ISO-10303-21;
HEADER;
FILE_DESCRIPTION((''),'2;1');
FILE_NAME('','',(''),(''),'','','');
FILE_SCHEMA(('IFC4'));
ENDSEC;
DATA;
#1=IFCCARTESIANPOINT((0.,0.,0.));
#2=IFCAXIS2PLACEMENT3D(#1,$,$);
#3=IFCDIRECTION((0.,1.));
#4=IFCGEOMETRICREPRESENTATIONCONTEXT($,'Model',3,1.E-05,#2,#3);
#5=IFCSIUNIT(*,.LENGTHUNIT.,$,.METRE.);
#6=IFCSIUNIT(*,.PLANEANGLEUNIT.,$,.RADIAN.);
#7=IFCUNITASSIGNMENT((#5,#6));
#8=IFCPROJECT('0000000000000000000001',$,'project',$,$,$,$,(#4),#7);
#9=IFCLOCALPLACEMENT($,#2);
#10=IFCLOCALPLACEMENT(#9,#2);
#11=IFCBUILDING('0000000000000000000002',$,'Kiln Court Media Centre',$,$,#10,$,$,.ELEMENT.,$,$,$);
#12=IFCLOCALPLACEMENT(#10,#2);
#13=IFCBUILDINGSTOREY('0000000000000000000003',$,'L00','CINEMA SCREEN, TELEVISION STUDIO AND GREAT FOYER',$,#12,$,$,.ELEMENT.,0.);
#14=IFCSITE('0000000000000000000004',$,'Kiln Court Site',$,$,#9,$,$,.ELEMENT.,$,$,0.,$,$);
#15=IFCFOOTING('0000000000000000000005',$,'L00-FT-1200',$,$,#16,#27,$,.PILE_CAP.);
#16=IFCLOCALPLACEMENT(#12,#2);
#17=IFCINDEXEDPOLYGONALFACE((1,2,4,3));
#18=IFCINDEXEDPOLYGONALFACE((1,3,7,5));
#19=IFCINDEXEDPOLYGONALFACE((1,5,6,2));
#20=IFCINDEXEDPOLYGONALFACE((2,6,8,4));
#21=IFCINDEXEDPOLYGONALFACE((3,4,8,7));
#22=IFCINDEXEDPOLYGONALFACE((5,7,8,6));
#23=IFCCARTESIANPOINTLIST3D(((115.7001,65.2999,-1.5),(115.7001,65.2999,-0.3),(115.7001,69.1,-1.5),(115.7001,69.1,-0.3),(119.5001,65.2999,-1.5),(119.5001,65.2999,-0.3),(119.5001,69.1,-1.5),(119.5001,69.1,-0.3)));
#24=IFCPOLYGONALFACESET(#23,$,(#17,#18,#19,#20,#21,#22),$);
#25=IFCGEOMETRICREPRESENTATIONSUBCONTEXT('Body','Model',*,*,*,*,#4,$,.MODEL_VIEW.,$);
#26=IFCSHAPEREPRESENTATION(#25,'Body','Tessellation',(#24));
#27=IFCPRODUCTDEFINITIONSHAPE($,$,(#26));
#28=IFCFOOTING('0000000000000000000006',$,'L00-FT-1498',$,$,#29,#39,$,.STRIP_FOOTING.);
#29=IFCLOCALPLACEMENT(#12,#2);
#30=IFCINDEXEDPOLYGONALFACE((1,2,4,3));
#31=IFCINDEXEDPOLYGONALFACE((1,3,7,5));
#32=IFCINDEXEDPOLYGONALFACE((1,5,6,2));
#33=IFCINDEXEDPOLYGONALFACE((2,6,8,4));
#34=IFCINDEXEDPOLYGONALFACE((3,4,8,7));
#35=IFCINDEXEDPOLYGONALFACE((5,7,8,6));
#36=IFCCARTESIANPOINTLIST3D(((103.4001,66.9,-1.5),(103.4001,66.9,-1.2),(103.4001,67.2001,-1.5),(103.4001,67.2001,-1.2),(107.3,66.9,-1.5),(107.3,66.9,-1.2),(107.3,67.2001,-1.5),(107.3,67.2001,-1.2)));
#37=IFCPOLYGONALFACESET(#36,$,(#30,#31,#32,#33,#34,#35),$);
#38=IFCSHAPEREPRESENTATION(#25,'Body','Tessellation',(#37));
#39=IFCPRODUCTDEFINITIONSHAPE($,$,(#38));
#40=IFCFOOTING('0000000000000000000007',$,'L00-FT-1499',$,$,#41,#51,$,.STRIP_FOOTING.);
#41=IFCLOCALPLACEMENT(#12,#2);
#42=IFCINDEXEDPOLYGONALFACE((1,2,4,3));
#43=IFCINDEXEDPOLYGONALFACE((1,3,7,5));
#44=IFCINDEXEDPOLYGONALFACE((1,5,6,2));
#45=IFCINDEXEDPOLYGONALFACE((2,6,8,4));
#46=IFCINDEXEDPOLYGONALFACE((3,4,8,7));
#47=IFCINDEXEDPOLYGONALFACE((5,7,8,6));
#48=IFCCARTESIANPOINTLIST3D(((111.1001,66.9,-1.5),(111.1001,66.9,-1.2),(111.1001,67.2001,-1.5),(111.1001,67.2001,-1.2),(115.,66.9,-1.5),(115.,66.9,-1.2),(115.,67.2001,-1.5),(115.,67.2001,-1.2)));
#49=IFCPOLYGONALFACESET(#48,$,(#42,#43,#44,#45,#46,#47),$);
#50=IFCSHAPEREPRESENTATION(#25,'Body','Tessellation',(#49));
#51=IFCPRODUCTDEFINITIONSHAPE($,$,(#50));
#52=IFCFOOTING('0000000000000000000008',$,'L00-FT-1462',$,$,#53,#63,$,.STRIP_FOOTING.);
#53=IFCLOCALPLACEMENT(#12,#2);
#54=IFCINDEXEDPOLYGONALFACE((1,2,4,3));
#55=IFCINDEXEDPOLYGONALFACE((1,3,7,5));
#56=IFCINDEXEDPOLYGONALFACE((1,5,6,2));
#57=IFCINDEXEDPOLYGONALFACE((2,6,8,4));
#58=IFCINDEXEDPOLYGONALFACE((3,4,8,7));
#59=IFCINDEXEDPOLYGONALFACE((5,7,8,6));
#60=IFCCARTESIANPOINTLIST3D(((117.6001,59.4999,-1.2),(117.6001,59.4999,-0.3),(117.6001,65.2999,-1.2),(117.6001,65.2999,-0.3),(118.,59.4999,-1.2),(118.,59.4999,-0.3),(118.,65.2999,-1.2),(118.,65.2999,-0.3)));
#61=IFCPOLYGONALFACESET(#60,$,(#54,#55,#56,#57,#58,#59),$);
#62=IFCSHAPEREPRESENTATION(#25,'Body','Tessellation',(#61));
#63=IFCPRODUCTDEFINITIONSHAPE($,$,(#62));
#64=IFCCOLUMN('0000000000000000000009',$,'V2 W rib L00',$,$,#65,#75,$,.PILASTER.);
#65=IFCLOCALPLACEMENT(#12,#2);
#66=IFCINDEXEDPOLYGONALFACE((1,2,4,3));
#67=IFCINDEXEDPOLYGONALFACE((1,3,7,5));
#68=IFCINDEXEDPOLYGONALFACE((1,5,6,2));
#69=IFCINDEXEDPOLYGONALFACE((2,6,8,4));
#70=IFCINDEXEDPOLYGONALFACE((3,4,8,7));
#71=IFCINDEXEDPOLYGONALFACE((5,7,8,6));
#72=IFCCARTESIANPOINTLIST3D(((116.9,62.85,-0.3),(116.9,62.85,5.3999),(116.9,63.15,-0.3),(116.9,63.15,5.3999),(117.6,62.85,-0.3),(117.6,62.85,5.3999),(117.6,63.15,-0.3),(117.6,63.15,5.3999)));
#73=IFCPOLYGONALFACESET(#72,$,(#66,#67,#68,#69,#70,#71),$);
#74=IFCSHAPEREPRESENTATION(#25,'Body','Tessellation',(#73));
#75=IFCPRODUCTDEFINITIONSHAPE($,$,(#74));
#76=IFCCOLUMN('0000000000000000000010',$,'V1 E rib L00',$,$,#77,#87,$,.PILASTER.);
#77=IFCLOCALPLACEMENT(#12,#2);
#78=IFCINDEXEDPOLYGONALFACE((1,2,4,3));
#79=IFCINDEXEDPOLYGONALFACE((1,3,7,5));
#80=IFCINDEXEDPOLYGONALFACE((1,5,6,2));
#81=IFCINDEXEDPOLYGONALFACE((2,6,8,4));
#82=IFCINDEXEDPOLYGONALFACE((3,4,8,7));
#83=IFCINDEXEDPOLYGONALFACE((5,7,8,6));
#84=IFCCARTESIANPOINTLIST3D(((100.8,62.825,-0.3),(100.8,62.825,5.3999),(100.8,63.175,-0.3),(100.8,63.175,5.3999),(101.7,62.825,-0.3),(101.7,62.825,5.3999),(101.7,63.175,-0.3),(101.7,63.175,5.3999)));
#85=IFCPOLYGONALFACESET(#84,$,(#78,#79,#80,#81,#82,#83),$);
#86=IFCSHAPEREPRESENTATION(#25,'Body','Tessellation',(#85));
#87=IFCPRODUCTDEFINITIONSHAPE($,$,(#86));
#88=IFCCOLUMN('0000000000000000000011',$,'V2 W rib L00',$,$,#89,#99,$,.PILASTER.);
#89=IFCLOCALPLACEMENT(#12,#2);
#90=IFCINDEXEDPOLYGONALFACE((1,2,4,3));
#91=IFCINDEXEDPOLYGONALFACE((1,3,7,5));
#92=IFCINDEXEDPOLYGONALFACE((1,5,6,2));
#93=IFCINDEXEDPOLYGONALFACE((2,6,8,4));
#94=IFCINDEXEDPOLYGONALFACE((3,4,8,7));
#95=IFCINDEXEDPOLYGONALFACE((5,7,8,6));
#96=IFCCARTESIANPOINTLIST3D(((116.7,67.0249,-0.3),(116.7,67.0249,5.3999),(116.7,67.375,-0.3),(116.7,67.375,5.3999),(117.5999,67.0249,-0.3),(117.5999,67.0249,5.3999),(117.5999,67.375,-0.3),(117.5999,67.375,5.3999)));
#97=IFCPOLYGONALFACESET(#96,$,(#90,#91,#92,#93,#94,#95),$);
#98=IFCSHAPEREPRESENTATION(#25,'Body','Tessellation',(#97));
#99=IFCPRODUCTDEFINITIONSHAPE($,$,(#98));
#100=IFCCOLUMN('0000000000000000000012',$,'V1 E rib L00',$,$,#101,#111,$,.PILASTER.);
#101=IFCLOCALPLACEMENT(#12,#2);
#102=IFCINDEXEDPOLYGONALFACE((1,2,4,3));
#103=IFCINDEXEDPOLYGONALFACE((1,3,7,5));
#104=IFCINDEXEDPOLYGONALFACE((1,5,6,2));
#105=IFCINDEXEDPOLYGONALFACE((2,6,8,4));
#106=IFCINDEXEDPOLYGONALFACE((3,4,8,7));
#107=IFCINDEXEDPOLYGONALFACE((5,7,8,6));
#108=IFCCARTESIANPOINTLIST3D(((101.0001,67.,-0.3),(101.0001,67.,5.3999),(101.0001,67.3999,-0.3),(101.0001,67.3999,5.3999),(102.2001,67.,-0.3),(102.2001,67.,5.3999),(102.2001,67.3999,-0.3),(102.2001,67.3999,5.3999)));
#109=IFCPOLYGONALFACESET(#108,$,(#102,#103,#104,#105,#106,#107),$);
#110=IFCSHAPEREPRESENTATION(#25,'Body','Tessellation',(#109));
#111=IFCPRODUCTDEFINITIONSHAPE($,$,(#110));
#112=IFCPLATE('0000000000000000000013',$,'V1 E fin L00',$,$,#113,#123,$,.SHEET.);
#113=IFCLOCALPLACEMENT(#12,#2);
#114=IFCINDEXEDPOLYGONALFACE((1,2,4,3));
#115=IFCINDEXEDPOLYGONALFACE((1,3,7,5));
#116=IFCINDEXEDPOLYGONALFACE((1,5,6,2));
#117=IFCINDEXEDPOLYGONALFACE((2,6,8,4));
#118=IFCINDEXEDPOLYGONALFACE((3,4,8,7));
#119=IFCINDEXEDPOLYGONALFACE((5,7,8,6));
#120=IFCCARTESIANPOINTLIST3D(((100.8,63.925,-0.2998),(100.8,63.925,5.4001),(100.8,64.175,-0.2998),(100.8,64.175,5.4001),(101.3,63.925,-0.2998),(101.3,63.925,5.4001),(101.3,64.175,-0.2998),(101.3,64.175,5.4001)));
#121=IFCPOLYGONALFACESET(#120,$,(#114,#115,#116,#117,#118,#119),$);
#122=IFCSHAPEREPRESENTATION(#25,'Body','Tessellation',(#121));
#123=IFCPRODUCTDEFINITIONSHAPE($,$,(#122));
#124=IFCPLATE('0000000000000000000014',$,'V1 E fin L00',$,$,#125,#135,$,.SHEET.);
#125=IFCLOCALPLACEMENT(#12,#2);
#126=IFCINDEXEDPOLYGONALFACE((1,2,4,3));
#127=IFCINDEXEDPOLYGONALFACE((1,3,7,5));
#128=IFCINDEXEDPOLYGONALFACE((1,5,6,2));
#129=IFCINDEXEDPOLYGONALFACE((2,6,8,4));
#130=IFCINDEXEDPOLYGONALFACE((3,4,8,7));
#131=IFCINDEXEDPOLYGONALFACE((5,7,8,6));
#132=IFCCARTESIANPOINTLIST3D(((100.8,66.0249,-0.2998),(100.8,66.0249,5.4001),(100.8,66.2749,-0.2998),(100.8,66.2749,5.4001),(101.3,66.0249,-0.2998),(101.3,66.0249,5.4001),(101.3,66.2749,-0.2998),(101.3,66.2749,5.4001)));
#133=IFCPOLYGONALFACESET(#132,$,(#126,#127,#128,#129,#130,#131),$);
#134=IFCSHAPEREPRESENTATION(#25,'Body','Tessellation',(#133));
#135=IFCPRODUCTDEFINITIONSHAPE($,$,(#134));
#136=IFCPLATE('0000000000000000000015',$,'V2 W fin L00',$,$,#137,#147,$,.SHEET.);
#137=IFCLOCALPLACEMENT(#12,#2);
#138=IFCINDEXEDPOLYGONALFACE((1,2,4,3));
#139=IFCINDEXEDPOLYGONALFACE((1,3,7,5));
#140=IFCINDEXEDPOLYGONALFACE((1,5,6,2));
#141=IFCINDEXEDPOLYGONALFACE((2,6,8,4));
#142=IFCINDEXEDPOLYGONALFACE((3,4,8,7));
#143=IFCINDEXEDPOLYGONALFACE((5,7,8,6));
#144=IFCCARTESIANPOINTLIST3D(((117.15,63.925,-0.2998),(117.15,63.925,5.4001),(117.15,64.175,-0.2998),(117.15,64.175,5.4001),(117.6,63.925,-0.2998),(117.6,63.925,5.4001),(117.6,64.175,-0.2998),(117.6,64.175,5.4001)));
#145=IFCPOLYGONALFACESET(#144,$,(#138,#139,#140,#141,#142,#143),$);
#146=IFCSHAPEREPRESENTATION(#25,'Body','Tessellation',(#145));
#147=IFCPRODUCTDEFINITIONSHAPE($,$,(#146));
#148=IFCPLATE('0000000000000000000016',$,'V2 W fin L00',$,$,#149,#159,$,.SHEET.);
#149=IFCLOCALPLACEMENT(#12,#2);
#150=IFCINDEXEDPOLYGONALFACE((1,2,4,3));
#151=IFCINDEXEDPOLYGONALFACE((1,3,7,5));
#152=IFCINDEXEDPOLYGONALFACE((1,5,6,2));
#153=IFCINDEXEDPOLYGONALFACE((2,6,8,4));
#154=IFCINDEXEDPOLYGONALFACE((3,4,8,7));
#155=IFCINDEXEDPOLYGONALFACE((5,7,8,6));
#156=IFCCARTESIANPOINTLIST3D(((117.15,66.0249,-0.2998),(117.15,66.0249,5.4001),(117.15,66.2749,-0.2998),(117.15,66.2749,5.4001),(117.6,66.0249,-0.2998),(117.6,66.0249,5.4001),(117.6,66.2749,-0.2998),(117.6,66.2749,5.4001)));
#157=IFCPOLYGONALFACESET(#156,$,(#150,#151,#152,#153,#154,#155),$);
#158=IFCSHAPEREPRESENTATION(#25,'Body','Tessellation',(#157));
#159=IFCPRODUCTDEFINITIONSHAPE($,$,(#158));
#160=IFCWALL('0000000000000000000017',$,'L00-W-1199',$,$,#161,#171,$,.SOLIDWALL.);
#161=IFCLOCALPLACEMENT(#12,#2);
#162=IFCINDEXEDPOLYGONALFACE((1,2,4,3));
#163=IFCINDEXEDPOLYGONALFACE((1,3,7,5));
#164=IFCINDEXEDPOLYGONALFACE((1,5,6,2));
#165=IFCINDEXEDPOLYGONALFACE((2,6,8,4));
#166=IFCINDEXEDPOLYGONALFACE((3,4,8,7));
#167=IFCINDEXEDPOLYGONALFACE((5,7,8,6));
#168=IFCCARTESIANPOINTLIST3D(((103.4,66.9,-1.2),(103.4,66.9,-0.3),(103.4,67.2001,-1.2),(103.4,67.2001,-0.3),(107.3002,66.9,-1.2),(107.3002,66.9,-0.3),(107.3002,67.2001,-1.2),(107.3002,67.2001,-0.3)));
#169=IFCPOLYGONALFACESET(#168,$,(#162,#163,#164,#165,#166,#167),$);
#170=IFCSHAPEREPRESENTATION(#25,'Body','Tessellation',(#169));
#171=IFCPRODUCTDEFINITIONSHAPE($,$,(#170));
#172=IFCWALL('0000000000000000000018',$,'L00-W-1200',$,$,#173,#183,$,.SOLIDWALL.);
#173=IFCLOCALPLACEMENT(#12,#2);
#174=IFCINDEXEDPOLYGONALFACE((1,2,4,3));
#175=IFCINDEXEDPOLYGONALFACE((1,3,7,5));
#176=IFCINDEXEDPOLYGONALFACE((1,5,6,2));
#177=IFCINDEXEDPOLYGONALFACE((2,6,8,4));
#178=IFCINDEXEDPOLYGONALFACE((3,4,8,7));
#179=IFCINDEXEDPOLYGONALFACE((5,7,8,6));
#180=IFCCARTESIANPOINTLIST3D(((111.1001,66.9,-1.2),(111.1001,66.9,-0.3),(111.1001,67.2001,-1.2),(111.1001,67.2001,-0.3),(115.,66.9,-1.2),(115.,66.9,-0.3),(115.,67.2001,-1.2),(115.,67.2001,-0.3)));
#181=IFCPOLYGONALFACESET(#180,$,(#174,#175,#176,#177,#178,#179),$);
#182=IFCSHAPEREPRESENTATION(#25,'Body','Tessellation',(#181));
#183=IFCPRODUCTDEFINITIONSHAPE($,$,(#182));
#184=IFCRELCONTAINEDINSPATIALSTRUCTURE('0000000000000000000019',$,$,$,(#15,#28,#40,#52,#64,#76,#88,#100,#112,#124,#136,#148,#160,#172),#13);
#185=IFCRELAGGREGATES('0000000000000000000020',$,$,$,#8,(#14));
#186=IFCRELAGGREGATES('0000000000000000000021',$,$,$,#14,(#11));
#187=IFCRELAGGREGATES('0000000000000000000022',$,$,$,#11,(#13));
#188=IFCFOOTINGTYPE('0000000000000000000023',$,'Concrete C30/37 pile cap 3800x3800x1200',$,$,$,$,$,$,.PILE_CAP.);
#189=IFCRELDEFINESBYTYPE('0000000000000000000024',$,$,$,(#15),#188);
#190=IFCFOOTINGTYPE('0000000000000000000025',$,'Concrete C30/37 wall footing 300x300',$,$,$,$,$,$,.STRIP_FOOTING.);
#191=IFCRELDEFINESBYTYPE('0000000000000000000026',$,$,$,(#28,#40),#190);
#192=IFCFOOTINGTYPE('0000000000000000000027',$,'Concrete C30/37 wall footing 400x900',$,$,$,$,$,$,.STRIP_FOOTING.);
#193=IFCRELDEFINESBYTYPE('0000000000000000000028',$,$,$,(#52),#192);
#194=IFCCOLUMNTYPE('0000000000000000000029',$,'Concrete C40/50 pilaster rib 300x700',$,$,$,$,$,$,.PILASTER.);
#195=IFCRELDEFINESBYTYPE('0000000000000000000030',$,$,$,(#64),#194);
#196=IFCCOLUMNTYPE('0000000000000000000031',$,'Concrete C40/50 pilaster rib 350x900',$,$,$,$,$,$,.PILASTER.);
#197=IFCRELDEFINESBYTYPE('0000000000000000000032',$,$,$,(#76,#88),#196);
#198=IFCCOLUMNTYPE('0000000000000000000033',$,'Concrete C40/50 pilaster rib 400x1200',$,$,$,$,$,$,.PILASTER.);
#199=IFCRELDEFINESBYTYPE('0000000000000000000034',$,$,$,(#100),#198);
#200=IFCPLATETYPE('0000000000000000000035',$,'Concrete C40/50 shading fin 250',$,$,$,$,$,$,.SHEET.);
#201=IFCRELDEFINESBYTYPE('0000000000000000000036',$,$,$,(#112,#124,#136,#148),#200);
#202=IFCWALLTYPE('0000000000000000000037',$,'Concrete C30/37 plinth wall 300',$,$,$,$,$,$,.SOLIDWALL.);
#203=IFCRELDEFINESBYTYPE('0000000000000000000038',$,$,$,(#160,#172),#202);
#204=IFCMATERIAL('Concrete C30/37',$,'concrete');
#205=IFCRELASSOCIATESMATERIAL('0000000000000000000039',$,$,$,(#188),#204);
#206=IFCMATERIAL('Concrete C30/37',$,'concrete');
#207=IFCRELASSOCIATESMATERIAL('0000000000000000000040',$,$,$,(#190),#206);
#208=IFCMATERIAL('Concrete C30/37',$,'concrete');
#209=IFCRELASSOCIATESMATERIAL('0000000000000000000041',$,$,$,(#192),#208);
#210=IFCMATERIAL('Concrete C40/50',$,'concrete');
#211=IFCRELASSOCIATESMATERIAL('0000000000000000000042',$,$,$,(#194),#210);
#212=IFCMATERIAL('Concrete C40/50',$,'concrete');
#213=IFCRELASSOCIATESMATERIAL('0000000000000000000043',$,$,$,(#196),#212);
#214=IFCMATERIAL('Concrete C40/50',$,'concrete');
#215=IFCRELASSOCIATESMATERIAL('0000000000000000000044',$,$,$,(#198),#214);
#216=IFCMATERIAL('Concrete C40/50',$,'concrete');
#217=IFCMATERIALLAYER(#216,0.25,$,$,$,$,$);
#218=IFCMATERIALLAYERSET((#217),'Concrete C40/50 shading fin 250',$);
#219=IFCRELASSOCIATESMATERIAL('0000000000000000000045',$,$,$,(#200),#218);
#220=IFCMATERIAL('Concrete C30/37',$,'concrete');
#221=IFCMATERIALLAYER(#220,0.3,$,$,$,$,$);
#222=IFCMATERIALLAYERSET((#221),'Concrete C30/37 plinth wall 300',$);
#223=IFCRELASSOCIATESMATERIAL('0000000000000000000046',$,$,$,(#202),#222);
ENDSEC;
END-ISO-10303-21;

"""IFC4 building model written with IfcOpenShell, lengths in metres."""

from ifc_helpers import new_model, si_unit, direction, frame, frame_2d, origin, origin_2d, place, context, subcontext, project, spatial, rectangle, extrude, material, layer, layer_set, material_profile, profile_set, type_object, element, save


model = new_model("IFC4")

# Units and contexts
model_context = context("Model", 3, precision=1e-05, world=origin(), true_north=direction((0.0, 1.0)))
body_context = subcontext(model_context, "Body", "Model", "MODEL_VIEW")
ifc_project = project(units=[si_unit("LENGTHUNIT", "METRE"), si_unit("PLANEANGLEUNIT", "RADIAN")], contexts=[model_context])

# Site, building, storey
site_placement = place(None, origin())
site = spatial("IfcSite", under=ifc_project, at=site_placement, Name="Kiln Court Site", CompositionType="ELEMENT", RefElevation=0.0)
building_placement = place(site_placement, origin())
building = spatial("IfcBuilding", under=site, at=building_placement, Name="Kiln Court Media Centre", CompositionType="ELEMENT")
storey_placement = place(building_placement, origin())
storey = spatial("IfcBuildingStorey", under=building, at=storey_placement, Name="L00", Description="CINEMA SCREEN, TELEVISION STUDIO AND GREAT FOYER", CompositionType="ELEMENT", Elevation=0.0)

# Footings
ifc_material_1 = material(Name="Concrete C30/37", Category="concrete")
footing_type_1 = type_object("IfcFootingType", Name="Concrete C30/37 pile cap 3800x3800x1200", PredefinedType="PILE_CAP", material=ifc_material_1)
footing_1_placement = place(storey_placement, frame((117.6001, 67.2, -1.5), z_axis=(0.0, 0.0, 1.0), x_axis=(1.0, 0.0, 0.0)))
element("IfcFooting", 1, at=footing_1_placement, inside=storey, type_object=footing_type_1, Name="L00-FT-1200", PredefinedType="PILE_CAP", context=body_context, shape_type="SweptSolid", body=[
    extrude(rectangle(XDim=3.8, YDim=3.8, at=origin_2d()), origin(), (0.0, 0.0, 1.0), 1.2),
])
ifc_material_2 = material(Name="Concrete C30/37", Category="concrete")
footing_type_2 = type_object("IfcFootingType", Name="Concrete C30/37 wall footing 300x300", PredefinedType="STRIP_FOOTING", material=ifc_material_2)
for number, where, z_axis, x_axis, name in (
    (2, (105.3501, 67.05, -1.5), (0.0, 0.0, 1.0), (1.0, 0.0, 0.0), "L00-FT-1498"),
    (3, (113.05, 67.05, -1.5), (0.0, 0.0, 1.0), (1.0, 0.0, 0.0), "L00-FT-1499"),
):
    element("IfcFooting", number, at=place(storey_placement, frame(where, z_axis=z_axis, x_axis=x_axis)), inside=storey, type_object=footing_type_2, Name=name, PredefinedType="STRIP_FOOTING", context=body_context, shape_type="SweptSolid", body=[
        extrude(rectangle(XDim=3.8999, YDim=0.3, at=origin_2d()), origin(), (0.0, 0.0, 1.0), 0.3),
    ])
ifc_material_3 = material(Name="Concrete C30/37", Category="concrete")
footing_type_3 = type_object("IfcFootingType", Name="Concrete C30/37 wall footing 400x900", PredefinedType="STRIP_FOOTING", material=ifc_material_3)
footing_2_placement = place(storey_placement, frame((117.8, 62.3999, -1.2), z_axis=(0.0, 0.0, 1.0), x_axis=(1.0, 0.0, 0.0)))
element("IfcFooting", 4, at=footing_2_placement, inside=storey, type_object=footing_type_3, Name="L00-FT-1462", PredefinedType="STRIP_FOOTING", context=body_context, shape_type="SweptSolid", body=[
    extrude(rectangle(XDim=0.3999, YDim=5.8, at=origin_2d()), origin(), (0.0, 0.0, 1.0), 0.8999),
])

# Columns
ifc_material_4 = material(Name="Concrete C40/50", Category="concrete")
ifc_material_profile_1 = material_profile(ifc_material_4, rectangle(XDim=0.3, YDim=0.7, at=origin_2d()), Name="RC 300x700")
ifc_profile_set_1 = profile_set([ifc_material_profile_1], Name="Concrete C40/50")
column_type_1 = type_object("IfcColumnType", Name="Concrete C40/50 pilaster rib 300x700", PredefinedType="PILASTER", material=ifc_profile_set_1)
column_1_placement = place(storey_placement, frame((117.25, 63.0, -0.3), z_axis=(0.0, 0.0, 1.0), x_axis=(0.0, 1.0, 0.0)))
element("IfcColumn", 5, at=column_1_placement, inside=storey, type_object=column_type_1, Name="V2 W rib L00", PredefinedType="PILASTER", context=body_context, shape_type="SweptSolid", body=[
    extrude(rectangle(XDim=0.3, YDim=0.7, at=origin_2d()), origin(), (0.0, 0.0, 1.0), 5.7),
])
ifc_material_5 = material(Name="Concrete C40/50", Category="concrete")
ifc_material_profile_2 = material_profile(ifc_material_5, rectangle(XDim=0.3501, YDim=0.8999, at=origin_2d()), Name="RC 350x900")
ifc_profile_set_2 = profile_set([ifc_material_profile_2], Name="Concrete C40/50")
column_type_2 = type_object("IfcColumnType", Name="Concrete C40/50 pilaster rib 350x900", PredefinedType="PILASTER", material=ifc_profile_set_2)
for number, where, z_axis, x_axis, name in (
    (6, (101.25, 63.0, -0.3), (0.0, 0.0, 1.0), (0.0, 1.0, 0.0), "V1 E rib L00"),
    (7, (117.1499, 67.2, -0.3), (0.0, 0.0, 1.0), (0.0, 1.0, 0.0), "V2 W rib L00"),
):
    element("IfcColumn", number, at=place(storey_placement, frame(where, z_axis=z_axis, x_axis=x_axis)), inside=storey, type_object=column_type_2, Name=name, PredefinedType="PILASTER", context=body_context, shape_type="SweptSolid", body=[
        extrude(rectangle(XDim=0.3501, YDim=0.8999, at=origin_2d()), origin(), (0.0, 0.0, 1.0), 5.7),
    ])
ifc_material_6 = material(Name="Concrete C40/50", Category="concrete")
ifc_material_profile_3 = material_profile(ifc_material_6, rectangle(XDim=0.3999, YDim=1.2, at=origin_2d()), Name="RC 400x1200")
ifc_profile_set_3 = profile_set([ifc_material_profile_3], Name="Concrete C40/50")
column_type_3 = type_object("IfcColumnType", Name="Concrete C40/50 pilaster rib 400x1200", PredefinedType="PILASTER", material=ifc_profile_set_3)
column_2_placement = place(storey_placement, frame((101.6001, 67.2, -0.3), z_axis=(0.0, 0.0, 1.0), x_axis=(0.0, 1.0, 0.0)))
element("IfcColumn", 8, at=column_2_placement, inside=storey, type_object=column_type_3, Name="V1 E rib L00", PredefinedType="PILASTER", context=body_context, shape_type="SweptSolid", body=[
    extrude(rectangle(XDim=0.3999, YDim=1.2, at=origin_2d()), origin(), (0.0, 0.0, 1.0), 5.7),
])

# Plates
ifc_material_7 = material(Name="Concrete C40/50", Category="concrete")
ifc_layer_1 = layer(ifc_material_7, 0.25)
ifc_layer_set_1 = layer_set([ifc_layer_1], Name="Concrete C40/50 shading fin 250")
plate_type = type_object("IfcPlateType", Name="Concrete C40/50 shading fin 250", PredefinedType="SHEET", material=ifc_layer_set_1)
for number, where, z_axis, x_axis, name in (
    (9, (101.05, 64.05, -0.2998), (0.0, 0.0, 1.0), (1.0, 0.0, 0.0), "V1 E fin L00"),
    (10, (101.05, 66.1499, -0.2998), (0.0, 0.0, 1.0), (1.0, 0.0, 0.0), "V1 E fin L00"),
):
    element("IfcPlate", number, at=place(storey_placement, frame(where, z_axis=z_axis, x_axis=x_axis)), inside=storey, type_object=plate_type, Name=name, PredefinedType="SHEET", context=body_context, shape_type="SweptSolid", body=[
        extrude(rectangle(XDim=0.5, YDim=0.25, at=origin_2d()), origin(), (0.0, 0.0, 1.0), 5.7),
    ])
for number, where, z_axis, x_axis, name in (
    (11, (117.375, 64.05, -0.2998), (0.0, 0.0, 1.0), (1.0, 0.0, 0.0), "V2 W fin L00"),
    (12, (117.375, 66.1499, -0.2998), (0.0, 0.0, 1.0), (1.0, 0.0, 0.0), "V2 W fin L00"),
):
    element("IfcPlate", number, at=place(storey_placement, frame(where, z_axis=z_axis, x_axis=x_axis)), inside=storey, type_object=plate_type, Name=name, PredefinedType="SHEET", context=body_context, shape_type="SweptSolid", body=[
        extrude(rectangle(XDim=0.45, YDim=0.25, at=origin_2d()), origin(), (0.0, 0.0, 1.0), 5.7),
    ])

# Walls
ifc_material_8 = material(Name="Concrete C30/37", Category="concrete")
ifc_layer_2 = layer(ifc_material_8, 0.3)
ifc_layer_set_2 = layer_set([ifc_layer_2], Name="Concrete C30/37 plinth wall 300")
wall_type_1 = type_object("IfcWallType", Name="Concrete C30/37 plinth wall 300", PredefinedType="SOLIDWALL", material=ifc_layer_set_2)
wall_1_placement = place(storey_placement, frame((103.3999, 67.05, -1.2), z_axis=(0.0, 0.0, 1.0), x_axis=(1.0, 0.0, 0.0)))
element("IfcWall", 13, at=wall_1_placement, inside=storey, type_object=wall_type_1, Name="L00-W-1199", PredefinedType="SOLIDWALL", context=body_context, shape_type="SweptSolid", body=[
    extrude(rectangle(XDim=3.9001, YDim=0.3, at=frame_2d((1.9502, 0.0))), origin(), (0.0, 0.0, 1.0), 0.8999),
])
wall_2_placement = place(storey_placement, frame((111.1001, 67.05, -1.2), z_axis=(0.0, 0.0, 1.0), x_axis=(1.0, 0.0, 0.0)))
element("IfcWall", 14, at=wall_2_placement, inside=storey, type_object=wall_type_1, Name="L00-W-1200", PredefinedType="SOLIDWALL", context=body_context, shape_type="SweptSolid", body=[
    extrude(rectangle(XDim=3.8999, YDim=0.3, at=frame_2d((1.95, 0.0))), origin(), (0.0, 0.0, 1.0), 0.8999),
])

save(model, "model.ifc")
